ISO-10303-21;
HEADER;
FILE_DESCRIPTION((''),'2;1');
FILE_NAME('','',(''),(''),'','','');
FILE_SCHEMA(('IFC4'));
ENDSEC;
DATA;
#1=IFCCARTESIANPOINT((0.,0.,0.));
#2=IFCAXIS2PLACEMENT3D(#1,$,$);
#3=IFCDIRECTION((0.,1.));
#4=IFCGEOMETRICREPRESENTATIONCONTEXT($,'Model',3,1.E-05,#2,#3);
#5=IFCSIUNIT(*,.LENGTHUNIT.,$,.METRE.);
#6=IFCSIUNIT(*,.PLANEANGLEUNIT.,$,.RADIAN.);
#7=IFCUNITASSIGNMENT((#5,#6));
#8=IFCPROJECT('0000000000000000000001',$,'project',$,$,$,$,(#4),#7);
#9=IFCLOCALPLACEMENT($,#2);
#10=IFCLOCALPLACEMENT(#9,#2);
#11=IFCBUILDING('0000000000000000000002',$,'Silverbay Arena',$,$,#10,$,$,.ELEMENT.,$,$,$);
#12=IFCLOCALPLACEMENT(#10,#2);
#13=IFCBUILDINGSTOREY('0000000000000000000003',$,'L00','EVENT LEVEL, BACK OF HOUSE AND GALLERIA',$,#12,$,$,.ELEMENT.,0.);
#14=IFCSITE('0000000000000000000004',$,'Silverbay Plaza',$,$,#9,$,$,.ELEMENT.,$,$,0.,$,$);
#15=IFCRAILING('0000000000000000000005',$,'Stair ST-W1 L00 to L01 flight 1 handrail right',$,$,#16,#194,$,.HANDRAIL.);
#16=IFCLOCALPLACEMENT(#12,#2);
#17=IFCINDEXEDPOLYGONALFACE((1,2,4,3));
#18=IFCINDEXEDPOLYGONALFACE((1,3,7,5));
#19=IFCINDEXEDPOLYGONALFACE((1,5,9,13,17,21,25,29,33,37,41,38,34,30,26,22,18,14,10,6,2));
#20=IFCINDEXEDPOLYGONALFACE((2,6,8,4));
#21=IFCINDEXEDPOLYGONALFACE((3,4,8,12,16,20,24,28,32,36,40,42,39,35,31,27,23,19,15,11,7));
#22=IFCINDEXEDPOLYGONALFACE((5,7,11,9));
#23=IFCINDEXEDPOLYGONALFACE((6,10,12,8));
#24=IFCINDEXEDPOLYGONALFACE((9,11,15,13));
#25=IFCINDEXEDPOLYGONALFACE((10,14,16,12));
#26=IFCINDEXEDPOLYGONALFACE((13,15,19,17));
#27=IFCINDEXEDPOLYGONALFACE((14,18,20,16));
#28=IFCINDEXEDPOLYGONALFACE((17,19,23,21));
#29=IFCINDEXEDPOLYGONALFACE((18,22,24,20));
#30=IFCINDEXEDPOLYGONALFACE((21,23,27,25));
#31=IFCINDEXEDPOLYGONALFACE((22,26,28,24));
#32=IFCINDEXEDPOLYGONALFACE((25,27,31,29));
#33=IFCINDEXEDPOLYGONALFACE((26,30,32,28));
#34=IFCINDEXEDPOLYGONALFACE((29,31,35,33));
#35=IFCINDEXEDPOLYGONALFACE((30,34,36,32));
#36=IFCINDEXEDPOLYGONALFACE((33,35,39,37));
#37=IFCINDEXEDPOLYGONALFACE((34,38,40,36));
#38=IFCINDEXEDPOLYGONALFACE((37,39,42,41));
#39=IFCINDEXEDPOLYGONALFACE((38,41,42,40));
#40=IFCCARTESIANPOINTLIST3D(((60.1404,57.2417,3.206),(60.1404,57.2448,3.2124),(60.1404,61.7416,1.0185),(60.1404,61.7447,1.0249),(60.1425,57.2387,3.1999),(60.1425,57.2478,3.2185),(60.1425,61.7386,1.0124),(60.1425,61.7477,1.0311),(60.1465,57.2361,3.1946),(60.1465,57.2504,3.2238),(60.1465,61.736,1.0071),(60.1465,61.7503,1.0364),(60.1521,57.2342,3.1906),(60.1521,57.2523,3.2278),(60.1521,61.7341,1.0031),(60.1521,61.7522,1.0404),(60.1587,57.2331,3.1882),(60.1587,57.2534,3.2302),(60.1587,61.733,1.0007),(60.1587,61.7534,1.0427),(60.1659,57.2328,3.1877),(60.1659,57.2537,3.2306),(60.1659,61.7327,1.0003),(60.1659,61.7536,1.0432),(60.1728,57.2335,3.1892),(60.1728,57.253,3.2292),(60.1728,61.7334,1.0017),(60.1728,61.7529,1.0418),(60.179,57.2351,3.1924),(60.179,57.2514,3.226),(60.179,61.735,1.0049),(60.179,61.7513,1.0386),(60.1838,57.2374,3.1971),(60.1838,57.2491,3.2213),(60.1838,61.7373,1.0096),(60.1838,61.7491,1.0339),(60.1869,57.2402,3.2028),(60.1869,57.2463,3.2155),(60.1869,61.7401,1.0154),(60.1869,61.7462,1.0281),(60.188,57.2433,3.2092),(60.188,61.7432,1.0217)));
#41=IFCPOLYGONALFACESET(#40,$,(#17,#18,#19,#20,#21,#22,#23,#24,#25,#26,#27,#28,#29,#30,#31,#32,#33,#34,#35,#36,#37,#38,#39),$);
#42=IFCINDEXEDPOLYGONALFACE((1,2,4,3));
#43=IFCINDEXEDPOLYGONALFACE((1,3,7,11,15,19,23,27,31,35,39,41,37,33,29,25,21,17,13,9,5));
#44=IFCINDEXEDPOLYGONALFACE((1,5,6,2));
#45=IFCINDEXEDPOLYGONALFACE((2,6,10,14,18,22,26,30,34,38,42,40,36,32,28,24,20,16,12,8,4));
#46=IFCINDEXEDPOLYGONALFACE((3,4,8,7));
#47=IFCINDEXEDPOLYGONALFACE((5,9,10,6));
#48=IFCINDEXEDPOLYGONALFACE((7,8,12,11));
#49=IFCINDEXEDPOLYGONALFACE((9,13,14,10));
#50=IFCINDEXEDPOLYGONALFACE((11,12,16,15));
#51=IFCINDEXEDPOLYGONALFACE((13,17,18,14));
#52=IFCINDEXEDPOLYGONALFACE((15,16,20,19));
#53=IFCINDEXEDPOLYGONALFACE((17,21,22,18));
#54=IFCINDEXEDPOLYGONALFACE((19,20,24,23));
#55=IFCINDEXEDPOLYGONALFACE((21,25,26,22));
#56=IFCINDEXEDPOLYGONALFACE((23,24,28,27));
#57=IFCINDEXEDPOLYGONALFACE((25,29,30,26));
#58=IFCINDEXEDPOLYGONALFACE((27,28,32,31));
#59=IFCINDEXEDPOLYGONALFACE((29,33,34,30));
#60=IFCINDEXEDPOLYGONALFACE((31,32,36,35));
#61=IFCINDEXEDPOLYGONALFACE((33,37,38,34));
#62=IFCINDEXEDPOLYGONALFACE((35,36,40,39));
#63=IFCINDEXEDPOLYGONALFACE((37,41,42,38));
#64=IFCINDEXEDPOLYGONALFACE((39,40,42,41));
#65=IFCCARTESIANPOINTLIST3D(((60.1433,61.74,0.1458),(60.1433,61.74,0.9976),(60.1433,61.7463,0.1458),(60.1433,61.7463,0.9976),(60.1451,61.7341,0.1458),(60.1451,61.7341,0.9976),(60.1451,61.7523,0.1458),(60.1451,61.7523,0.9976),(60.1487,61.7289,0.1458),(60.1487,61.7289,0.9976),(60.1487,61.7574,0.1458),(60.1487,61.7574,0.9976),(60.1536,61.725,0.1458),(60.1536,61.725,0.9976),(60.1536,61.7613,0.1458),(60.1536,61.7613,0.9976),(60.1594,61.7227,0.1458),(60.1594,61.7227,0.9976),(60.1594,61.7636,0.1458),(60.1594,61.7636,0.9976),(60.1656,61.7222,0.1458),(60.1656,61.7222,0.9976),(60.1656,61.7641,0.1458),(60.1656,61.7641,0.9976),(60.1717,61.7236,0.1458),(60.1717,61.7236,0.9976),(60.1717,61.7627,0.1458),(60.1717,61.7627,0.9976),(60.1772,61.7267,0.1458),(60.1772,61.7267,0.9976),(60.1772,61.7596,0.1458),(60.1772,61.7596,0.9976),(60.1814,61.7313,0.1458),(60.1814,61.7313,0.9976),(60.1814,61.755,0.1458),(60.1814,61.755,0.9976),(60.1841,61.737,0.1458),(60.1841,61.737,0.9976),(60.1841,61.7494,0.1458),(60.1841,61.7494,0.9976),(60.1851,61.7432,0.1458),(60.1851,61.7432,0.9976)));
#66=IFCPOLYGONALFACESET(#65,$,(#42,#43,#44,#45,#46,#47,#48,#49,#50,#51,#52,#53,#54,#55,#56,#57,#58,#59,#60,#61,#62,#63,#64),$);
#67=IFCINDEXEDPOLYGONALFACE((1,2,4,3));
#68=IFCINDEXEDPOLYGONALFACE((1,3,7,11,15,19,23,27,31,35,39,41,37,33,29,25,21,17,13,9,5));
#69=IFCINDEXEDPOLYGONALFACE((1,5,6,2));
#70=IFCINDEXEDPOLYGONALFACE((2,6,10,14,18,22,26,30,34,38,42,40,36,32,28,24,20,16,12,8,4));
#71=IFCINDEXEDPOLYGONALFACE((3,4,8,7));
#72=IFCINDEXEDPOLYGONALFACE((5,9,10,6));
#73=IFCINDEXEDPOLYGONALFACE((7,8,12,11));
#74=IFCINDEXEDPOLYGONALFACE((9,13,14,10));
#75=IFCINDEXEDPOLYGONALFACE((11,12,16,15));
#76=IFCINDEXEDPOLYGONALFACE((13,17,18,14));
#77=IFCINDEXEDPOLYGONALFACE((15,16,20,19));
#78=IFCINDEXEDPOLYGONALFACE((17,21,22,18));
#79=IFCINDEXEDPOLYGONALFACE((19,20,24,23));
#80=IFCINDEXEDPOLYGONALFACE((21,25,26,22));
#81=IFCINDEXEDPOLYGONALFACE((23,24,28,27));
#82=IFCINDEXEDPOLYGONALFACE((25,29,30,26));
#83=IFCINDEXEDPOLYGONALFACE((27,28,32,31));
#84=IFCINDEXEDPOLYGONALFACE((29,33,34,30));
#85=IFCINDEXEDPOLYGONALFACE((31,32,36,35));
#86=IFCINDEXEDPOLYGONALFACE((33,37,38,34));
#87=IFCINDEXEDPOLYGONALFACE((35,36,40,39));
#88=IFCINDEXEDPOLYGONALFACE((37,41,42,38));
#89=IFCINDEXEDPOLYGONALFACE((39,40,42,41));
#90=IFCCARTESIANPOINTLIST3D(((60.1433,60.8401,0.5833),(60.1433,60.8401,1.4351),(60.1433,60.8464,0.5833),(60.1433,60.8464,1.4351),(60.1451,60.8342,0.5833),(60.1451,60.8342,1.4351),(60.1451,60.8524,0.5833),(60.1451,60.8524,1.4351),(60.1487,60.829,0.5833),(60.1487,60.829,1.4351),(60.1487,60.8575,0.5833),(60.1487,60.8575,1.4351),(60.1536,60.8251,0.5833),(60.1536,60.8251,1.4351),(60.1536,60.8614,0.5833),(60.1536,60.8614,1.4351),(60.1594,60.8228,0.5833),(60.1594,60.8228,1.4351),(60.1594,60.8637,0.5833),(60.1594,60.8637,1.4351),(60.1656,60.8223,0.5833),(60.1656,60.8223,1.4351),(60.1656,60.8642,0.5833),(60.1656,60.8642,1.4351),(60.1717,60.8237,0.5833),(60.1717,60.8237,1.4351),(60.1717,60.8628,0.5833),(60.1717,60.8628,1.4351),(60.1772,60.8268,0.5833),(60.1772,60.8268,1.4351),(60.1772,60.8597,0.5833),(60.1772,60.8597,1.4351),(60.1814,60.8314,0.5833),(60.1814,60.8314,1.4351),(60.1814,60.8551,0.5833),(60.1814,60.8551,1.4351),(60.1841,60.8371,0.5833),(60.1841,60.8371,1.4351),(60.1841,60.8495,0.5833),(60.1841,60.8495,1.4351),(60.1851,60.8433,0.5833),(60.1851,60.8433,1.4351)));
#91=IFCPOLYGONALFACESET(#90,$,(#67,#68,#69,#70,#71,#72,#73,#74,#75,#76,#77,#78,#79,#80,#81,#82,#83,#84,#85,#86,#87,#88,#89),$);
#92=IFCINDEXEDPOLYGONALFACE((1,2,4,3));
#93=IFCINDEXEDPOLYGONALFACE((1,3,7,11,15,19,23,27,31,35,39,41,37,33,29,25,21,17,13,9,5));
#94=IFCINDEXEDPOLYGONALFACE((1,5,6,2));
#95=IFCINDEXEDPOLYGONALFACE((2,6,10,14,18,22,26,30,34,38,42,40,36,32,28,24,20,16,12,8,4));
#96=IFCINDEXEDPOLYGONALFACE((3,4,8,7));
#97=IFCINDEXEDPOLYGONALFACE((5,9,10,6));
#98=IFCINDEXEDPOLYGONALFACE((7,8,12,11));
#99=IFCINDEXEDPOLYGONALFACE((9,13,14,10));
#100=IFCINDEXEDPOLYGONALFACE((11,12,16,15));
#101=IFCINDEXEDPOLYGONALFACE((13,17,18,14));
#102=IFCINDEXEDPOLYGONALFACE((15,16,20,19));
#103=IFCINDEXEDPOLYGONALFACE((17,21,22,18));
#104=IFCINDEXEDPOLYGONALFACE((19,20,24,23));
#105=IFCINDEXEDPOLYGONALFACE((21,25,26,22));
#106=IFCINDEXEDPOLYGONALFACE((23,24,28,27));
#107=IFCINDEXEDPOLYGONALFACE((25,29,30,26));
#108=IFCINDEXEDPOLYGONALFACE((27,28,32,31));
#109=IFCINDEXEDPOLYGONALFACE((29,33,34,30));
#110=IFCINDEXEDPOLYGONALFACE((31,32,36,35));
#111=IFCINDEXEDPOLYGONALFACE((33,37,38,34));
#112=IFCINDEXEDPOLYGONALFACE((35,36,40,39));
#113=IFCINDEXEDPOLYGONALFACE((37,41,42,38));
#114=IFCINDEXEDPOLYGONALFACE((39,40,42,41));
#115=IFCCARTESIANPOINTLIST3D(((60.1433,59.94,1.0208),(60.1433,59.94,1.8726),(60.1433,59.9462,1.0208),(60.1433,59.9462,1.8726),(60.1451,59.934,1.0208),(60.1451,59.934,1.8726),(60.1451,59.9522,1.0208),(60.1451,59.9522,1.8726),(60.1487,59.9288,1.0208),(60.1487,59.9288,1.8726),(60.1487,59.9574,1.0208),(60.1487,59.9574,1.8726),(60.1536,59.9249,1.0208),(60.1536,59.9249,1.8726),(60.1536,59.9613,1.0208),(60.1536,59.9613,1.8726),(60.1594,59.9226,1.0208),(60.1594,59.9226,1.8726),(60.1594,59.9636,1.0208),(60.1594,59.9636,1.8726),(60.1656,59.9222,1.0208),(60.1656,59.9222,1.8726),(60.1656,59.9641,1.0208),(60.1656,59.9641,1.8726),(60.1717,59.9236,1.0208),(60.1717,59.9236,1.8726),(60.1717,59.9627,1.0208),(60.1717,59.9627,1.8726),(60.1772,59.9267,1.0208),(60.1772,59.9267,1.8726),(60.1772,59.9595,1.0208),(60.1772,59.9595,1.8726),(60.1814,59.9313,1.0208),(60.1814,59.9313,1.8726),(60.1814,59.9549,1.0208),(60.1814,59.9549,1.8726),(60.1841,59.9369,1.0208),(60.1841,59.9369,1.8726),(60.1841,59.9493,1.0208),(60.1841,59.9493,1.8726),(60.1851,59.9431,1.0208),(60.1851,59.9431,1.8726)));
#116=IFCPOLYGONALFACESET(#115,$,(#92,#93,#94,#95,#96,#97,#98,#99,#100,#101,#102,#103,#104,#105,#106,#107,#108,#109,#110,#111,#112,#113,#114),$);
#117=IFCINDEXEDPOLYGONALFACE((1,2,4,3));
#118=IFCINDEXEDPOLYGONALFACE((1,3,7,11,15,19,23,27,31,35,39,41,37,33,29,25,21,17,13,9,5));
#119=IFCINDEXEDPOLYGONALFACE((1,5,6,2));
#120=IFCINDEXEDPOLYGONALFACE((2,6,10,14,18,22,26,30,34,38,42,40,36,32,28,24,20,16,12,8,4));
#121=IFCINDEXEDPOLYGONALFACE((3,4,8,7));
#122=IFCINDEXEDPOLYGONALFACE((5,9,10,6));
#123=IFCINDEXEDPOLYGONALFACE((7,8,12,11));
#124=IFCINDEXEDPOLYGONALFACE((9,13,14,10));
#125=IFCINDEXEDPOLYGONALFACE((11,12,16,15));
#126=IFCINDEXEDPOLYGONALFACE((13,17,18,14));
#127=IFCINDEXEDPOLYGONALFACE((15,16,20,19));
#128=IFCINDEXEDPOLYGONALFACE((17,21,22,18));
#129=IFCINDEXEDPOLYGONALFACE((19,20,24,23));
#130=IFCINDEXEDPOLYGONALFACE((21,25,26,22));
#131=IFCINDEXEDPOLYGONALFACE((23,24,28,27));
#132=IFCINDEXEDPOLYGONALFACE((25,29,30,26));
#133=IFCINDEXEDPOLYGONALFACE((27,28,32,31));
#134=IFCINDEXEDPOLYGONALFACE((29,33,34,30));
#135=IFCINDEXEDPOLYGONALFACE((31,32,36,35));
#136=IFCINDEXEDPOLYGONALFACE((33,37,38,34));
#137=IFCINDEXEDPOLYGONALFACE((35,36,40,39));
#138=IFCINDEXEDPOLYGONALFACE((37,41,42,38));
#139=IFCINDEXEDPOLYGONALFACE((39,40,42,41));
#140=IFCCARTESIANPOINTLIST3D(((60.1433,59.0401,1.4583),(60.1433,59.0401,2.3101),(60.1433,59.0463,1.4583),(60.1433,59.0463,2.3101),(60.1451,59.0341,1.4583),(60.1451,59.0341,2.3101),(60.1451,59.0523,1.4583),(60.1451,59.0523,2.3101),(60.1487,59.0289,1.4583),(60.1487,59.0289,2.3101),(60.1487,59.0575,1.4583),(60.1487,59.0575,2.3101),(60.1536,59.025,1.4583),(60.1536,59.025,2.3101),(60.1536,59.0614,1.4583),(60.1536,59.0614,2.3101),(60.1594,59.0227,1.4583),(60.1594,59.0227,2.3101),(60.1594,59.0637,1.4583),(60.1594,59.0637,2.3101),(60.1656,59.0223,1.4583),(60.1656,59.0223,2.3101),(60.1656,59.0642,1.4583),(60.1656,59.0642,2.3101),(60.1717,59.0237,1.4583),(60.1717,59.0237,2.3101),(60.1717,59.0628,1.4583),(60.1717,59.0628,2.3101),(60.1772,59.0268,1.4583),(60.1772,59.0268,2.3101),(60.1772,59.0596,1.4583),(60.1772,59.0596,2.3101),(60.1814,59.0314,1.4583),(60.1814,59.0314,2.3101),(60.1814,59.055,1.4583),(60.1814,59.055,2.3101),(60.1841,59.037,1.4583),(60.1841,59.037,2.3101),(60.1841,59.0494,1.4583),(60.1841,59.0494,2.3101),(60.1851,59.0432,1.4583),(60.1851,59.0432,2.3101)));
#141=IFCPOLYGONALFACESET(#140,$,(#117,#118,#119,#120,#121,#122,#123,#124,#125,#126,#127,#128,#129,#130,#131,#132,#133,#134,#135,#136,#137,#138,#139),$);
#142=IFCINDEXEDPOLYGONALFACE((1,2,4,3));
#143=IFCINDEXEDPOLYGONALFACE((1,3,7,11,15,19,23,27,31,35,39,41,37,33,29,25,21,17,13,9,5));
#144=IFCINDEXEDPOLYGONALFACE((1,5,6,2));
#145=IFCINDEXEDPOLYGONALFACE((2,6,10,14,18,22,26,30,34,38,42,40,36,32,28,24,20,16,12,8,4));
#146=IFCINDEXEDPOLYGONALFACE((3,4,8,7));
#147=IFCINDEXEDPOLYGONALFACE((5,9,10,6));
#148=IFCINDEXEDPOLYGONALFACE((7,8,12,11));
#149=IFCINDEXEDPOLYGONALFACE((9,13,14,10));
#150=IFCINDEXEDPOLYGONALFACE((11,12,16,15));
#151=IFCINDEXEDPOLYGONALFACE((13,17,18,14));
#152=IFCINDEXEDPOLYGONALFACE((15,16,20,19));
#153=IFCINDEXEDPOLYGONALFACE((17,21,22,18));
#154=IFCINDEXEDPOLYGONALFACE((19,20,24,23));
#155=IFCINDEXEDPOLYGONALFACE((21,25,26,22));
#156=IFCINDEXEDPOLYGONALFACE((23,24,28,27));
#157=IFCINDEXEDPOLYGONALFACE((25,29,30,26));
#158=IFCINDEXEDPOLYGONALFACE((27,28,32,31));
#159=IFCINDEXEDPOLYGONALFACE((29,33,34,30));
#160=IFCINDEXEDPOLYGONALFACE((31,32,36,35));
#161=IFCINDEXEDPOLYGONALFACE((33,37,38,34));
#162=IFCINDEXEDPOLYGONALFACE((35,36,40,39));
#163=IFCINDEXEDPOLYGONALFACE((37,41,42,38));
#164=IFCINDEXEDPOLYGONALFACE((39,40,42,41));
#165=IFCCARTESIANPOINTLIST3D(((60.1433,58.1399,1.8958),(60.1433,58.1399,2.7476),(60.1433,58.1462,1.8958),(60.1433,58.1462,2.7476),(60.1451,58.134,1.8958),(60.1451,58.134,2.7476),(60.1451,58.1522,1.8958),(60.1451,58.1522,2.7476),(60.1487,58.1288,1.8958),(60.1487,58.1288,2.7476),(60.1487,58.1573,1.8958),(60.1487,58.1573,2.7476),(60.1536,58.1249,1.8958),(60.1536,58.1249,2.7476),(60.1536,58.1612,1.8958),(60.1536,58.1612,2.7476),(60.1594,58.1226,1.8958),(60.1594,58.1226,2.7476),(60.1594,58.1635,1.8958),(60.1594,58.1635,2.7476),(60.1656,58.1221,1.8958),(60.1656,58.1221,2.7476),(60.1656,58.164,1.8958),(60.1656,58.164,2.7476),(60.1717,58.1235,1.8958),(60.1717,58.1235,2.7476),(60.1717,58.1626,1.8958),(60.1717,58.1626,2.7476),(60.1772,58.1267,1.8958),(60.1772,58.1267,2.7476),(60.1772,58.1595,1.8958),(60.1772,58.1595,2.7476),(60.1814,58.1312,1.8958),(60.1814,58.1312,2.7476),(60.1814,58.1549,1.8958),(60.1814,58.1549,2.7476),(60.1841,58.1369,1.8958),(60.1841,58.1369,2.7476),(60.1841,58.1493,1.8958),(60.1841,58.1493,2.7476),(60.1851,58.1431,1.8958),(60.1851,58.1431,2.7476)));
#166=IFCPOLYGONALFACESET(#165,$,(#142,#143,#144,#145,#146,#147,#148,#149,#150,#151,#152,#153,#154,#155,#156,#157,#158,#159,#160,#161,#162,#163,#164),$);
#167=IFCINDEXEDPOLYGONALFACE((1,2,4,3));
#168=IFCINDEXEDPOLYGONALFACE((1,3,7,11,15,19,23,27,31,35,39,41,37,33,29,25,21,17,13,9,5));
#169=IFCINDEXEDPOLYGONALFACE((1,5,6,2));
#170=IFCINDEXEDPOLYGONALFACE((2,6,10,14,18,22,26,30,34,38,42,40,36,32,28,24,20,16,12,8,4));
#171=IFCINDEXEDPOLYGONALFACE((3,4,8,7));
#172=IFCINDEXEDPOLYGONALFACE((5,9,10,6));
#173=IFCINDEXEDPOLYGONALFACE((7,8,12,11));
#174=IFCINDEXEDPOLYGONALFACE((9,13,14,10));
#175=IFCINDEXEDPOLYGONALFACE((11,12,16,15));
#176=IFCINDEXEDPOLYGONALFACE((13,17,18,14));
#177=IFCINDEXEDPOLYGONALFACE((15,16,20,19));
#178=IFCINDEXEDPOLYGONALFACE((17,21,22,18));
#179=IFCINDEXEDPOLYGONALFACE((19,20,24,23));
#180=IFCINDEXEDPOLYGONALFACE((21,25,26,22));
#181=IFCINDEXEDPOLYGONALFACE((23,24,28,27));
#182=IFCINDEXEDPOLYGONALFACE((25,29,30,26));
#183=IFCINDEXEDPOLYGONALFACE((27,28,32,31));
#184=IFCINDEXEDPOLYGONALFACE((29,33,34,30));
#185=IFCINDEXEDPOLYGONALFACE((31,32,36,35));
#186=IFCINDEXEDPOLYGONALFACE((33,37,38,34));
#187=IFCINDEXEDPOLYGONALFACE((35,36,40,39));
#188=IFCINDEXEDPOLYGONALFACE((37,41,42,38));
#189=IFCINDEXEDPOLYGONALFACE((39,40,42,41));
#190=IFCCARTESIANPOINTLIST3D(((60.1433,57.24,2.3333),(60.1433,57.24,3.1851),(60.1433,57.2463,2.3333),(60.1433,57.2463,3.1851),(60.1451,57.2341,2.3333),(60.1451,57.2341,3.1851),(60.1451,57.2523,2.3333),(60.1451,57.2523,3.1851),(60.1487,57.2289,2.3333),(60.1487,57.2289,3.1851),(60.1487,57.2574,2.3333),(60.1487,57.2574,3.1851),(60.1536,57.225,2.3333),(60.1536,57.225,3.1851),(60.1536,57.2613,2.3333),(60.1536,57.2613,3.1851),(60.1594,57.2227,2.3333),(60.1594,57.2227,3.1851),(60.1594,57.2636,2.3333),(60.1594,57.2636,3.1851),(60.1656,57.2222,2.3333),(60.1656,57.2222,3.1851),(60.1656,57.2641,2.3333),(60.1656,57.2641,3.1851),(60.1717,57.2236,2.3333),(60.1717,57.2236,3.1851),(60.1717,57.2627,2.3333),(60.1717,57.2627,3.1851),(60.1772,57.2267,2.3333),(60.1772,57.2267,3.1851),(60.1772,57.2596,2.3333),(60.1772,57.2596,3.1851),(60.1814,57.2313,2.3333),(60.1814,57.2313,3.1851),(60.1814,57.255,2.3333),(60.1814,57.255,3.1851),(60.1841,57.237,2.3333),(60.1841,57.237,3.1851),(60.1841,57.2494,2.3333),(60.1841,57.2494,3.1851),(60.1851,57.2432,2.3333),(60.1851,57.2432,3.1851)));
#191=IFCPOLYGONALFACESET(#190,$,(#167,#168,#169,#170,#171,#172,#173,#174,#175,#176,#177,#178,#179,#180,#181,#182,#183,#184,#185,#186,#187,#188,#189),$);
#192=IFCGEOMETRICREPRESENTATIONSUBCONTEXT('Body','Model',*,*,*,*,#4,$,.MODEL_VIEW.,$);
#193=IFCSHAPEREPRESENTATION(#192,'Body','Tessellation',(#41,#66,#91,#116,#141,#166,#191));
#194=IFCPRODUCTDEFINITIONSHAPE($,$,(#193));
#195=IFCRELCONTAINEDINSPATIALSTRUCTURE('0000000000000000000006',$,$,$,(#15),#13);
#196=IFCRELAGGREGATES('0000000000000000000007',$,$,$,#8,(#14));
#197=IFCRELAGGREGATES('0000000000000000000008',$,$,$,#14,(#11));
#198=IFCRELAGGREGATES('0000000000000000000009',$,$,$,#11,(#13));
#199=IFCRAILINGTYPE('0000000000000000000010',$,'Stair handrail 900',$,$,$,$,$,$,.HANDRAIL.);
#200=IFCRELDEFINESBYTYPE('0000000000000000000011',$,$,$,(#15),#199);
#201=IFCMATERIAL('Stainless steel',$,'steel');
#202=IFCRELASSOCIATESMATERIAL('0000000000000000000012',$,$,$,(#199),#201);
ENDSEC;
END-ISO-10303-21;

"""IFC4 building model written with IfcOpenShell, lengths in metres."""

from ifc_helpers import new_model, si_unit, direction, frame, origin, origin_2d, place, context, subcontext, project, spatial, circle, extrude, material, type_object, element, save


model = new_model("IFC4")

# Units and contexts
model_context = context("Model", 3, precision=1e-05, world=origin(), true_north=direction((0.0, 1.0)))
body_context = subcontext(model_context, "Body", "Model", "MODEL_VIEW")
ifc_project = project(units=[si_unit("LENGTHUNIT", "METRE"), si_unit("PLANEANGLEUNIT", "RADIAN")], contexts=[model_context])

# Site, building, storey
site_placement = place(None, origin())
site = spatial("IfcSite", under=ifc_project, at=site_placement, Name="Silverbay Plaza", CompositionType="ELEMENT", RefElevation=0.0)
building_placement = place(site_placement, origin())
building = spatial("IfcBuilding", under=site, at=building_placement, Name="Silverbay Arena", CompositionType="ELEMENT")
storey_placement = place(building_placement, origin())
storey = spatial("IfcBuildingStorey", under=building, at=storey_placement, Name="L00", Description="EVENT LEVEL, BACK OF HOUSE AND GALLERIA", CompositionType="ELEMENT", Elevation=0.0)

# Railing
ifc_material_1 = material(Name="Stainless steel", Category="steel")
railing_type_1 = type_object("IfcRailingType", Name="Stair handrail 900", PredefinedType="HANDRAIL", material=ifc_material_1)
for number, where, name in (
    (1, (60.1641, 61.7432, 0.1458), "Stair ST-W1 L00 to L01 flight 1 handrail right"),
):
    element("IfcRailing", number, at=place(storey_placement, frame(where)), inside=storey, type_object=railing_type_1, Name=name, PredefinedType="HANDRAIL", context=body_context, shape_type="SweptSolid", body=[
        extrude(circle(Radius=0.0239, at=origin_2d()), frame((0.0, 0.0, 0.876), z_axis=(0.0, -0.899368, 0.437193), x_axis=(1.0, 0.0, 0.0)), (0.0, 0.0, 1.0), 5.0034),
        extrude(circle(Radius=0.021, at=origin_2d()), origin(), (0.0, 0.0, 1.0), 0.8518),
        extrude(circle(Radius=0.021, at=origin_2d()), frame((0.0, -0.8999, 0.4375)), (0.0, 0.0, 1.0), 0.8518),
        extrude(circle(Radius=0.021, at=origin_2d()), frame((0.0, -1.8, 0.875)), (0.0, 0.0, 1.0), 0.8518),
        extrude(circle(Radius=0.021, at=origin_2d()), frame((0.0, -2.7, 1.3125)), (0.0, 0.0, 1.0), 0.8518),
        extrude(circle(Radius=0.021, at=origin_2d()), frame((0.0, -3.6001, 1.75)), (0.0, 0.0, 1.0), 0.8518),
        extrude(circle(Radius=0.021, at=origin_2d()), frame((0.0, -4.5, 2.1875)), (0.0, 0.0, 1.0), 0.8518),
    ])

save(model, "model.ifc")
